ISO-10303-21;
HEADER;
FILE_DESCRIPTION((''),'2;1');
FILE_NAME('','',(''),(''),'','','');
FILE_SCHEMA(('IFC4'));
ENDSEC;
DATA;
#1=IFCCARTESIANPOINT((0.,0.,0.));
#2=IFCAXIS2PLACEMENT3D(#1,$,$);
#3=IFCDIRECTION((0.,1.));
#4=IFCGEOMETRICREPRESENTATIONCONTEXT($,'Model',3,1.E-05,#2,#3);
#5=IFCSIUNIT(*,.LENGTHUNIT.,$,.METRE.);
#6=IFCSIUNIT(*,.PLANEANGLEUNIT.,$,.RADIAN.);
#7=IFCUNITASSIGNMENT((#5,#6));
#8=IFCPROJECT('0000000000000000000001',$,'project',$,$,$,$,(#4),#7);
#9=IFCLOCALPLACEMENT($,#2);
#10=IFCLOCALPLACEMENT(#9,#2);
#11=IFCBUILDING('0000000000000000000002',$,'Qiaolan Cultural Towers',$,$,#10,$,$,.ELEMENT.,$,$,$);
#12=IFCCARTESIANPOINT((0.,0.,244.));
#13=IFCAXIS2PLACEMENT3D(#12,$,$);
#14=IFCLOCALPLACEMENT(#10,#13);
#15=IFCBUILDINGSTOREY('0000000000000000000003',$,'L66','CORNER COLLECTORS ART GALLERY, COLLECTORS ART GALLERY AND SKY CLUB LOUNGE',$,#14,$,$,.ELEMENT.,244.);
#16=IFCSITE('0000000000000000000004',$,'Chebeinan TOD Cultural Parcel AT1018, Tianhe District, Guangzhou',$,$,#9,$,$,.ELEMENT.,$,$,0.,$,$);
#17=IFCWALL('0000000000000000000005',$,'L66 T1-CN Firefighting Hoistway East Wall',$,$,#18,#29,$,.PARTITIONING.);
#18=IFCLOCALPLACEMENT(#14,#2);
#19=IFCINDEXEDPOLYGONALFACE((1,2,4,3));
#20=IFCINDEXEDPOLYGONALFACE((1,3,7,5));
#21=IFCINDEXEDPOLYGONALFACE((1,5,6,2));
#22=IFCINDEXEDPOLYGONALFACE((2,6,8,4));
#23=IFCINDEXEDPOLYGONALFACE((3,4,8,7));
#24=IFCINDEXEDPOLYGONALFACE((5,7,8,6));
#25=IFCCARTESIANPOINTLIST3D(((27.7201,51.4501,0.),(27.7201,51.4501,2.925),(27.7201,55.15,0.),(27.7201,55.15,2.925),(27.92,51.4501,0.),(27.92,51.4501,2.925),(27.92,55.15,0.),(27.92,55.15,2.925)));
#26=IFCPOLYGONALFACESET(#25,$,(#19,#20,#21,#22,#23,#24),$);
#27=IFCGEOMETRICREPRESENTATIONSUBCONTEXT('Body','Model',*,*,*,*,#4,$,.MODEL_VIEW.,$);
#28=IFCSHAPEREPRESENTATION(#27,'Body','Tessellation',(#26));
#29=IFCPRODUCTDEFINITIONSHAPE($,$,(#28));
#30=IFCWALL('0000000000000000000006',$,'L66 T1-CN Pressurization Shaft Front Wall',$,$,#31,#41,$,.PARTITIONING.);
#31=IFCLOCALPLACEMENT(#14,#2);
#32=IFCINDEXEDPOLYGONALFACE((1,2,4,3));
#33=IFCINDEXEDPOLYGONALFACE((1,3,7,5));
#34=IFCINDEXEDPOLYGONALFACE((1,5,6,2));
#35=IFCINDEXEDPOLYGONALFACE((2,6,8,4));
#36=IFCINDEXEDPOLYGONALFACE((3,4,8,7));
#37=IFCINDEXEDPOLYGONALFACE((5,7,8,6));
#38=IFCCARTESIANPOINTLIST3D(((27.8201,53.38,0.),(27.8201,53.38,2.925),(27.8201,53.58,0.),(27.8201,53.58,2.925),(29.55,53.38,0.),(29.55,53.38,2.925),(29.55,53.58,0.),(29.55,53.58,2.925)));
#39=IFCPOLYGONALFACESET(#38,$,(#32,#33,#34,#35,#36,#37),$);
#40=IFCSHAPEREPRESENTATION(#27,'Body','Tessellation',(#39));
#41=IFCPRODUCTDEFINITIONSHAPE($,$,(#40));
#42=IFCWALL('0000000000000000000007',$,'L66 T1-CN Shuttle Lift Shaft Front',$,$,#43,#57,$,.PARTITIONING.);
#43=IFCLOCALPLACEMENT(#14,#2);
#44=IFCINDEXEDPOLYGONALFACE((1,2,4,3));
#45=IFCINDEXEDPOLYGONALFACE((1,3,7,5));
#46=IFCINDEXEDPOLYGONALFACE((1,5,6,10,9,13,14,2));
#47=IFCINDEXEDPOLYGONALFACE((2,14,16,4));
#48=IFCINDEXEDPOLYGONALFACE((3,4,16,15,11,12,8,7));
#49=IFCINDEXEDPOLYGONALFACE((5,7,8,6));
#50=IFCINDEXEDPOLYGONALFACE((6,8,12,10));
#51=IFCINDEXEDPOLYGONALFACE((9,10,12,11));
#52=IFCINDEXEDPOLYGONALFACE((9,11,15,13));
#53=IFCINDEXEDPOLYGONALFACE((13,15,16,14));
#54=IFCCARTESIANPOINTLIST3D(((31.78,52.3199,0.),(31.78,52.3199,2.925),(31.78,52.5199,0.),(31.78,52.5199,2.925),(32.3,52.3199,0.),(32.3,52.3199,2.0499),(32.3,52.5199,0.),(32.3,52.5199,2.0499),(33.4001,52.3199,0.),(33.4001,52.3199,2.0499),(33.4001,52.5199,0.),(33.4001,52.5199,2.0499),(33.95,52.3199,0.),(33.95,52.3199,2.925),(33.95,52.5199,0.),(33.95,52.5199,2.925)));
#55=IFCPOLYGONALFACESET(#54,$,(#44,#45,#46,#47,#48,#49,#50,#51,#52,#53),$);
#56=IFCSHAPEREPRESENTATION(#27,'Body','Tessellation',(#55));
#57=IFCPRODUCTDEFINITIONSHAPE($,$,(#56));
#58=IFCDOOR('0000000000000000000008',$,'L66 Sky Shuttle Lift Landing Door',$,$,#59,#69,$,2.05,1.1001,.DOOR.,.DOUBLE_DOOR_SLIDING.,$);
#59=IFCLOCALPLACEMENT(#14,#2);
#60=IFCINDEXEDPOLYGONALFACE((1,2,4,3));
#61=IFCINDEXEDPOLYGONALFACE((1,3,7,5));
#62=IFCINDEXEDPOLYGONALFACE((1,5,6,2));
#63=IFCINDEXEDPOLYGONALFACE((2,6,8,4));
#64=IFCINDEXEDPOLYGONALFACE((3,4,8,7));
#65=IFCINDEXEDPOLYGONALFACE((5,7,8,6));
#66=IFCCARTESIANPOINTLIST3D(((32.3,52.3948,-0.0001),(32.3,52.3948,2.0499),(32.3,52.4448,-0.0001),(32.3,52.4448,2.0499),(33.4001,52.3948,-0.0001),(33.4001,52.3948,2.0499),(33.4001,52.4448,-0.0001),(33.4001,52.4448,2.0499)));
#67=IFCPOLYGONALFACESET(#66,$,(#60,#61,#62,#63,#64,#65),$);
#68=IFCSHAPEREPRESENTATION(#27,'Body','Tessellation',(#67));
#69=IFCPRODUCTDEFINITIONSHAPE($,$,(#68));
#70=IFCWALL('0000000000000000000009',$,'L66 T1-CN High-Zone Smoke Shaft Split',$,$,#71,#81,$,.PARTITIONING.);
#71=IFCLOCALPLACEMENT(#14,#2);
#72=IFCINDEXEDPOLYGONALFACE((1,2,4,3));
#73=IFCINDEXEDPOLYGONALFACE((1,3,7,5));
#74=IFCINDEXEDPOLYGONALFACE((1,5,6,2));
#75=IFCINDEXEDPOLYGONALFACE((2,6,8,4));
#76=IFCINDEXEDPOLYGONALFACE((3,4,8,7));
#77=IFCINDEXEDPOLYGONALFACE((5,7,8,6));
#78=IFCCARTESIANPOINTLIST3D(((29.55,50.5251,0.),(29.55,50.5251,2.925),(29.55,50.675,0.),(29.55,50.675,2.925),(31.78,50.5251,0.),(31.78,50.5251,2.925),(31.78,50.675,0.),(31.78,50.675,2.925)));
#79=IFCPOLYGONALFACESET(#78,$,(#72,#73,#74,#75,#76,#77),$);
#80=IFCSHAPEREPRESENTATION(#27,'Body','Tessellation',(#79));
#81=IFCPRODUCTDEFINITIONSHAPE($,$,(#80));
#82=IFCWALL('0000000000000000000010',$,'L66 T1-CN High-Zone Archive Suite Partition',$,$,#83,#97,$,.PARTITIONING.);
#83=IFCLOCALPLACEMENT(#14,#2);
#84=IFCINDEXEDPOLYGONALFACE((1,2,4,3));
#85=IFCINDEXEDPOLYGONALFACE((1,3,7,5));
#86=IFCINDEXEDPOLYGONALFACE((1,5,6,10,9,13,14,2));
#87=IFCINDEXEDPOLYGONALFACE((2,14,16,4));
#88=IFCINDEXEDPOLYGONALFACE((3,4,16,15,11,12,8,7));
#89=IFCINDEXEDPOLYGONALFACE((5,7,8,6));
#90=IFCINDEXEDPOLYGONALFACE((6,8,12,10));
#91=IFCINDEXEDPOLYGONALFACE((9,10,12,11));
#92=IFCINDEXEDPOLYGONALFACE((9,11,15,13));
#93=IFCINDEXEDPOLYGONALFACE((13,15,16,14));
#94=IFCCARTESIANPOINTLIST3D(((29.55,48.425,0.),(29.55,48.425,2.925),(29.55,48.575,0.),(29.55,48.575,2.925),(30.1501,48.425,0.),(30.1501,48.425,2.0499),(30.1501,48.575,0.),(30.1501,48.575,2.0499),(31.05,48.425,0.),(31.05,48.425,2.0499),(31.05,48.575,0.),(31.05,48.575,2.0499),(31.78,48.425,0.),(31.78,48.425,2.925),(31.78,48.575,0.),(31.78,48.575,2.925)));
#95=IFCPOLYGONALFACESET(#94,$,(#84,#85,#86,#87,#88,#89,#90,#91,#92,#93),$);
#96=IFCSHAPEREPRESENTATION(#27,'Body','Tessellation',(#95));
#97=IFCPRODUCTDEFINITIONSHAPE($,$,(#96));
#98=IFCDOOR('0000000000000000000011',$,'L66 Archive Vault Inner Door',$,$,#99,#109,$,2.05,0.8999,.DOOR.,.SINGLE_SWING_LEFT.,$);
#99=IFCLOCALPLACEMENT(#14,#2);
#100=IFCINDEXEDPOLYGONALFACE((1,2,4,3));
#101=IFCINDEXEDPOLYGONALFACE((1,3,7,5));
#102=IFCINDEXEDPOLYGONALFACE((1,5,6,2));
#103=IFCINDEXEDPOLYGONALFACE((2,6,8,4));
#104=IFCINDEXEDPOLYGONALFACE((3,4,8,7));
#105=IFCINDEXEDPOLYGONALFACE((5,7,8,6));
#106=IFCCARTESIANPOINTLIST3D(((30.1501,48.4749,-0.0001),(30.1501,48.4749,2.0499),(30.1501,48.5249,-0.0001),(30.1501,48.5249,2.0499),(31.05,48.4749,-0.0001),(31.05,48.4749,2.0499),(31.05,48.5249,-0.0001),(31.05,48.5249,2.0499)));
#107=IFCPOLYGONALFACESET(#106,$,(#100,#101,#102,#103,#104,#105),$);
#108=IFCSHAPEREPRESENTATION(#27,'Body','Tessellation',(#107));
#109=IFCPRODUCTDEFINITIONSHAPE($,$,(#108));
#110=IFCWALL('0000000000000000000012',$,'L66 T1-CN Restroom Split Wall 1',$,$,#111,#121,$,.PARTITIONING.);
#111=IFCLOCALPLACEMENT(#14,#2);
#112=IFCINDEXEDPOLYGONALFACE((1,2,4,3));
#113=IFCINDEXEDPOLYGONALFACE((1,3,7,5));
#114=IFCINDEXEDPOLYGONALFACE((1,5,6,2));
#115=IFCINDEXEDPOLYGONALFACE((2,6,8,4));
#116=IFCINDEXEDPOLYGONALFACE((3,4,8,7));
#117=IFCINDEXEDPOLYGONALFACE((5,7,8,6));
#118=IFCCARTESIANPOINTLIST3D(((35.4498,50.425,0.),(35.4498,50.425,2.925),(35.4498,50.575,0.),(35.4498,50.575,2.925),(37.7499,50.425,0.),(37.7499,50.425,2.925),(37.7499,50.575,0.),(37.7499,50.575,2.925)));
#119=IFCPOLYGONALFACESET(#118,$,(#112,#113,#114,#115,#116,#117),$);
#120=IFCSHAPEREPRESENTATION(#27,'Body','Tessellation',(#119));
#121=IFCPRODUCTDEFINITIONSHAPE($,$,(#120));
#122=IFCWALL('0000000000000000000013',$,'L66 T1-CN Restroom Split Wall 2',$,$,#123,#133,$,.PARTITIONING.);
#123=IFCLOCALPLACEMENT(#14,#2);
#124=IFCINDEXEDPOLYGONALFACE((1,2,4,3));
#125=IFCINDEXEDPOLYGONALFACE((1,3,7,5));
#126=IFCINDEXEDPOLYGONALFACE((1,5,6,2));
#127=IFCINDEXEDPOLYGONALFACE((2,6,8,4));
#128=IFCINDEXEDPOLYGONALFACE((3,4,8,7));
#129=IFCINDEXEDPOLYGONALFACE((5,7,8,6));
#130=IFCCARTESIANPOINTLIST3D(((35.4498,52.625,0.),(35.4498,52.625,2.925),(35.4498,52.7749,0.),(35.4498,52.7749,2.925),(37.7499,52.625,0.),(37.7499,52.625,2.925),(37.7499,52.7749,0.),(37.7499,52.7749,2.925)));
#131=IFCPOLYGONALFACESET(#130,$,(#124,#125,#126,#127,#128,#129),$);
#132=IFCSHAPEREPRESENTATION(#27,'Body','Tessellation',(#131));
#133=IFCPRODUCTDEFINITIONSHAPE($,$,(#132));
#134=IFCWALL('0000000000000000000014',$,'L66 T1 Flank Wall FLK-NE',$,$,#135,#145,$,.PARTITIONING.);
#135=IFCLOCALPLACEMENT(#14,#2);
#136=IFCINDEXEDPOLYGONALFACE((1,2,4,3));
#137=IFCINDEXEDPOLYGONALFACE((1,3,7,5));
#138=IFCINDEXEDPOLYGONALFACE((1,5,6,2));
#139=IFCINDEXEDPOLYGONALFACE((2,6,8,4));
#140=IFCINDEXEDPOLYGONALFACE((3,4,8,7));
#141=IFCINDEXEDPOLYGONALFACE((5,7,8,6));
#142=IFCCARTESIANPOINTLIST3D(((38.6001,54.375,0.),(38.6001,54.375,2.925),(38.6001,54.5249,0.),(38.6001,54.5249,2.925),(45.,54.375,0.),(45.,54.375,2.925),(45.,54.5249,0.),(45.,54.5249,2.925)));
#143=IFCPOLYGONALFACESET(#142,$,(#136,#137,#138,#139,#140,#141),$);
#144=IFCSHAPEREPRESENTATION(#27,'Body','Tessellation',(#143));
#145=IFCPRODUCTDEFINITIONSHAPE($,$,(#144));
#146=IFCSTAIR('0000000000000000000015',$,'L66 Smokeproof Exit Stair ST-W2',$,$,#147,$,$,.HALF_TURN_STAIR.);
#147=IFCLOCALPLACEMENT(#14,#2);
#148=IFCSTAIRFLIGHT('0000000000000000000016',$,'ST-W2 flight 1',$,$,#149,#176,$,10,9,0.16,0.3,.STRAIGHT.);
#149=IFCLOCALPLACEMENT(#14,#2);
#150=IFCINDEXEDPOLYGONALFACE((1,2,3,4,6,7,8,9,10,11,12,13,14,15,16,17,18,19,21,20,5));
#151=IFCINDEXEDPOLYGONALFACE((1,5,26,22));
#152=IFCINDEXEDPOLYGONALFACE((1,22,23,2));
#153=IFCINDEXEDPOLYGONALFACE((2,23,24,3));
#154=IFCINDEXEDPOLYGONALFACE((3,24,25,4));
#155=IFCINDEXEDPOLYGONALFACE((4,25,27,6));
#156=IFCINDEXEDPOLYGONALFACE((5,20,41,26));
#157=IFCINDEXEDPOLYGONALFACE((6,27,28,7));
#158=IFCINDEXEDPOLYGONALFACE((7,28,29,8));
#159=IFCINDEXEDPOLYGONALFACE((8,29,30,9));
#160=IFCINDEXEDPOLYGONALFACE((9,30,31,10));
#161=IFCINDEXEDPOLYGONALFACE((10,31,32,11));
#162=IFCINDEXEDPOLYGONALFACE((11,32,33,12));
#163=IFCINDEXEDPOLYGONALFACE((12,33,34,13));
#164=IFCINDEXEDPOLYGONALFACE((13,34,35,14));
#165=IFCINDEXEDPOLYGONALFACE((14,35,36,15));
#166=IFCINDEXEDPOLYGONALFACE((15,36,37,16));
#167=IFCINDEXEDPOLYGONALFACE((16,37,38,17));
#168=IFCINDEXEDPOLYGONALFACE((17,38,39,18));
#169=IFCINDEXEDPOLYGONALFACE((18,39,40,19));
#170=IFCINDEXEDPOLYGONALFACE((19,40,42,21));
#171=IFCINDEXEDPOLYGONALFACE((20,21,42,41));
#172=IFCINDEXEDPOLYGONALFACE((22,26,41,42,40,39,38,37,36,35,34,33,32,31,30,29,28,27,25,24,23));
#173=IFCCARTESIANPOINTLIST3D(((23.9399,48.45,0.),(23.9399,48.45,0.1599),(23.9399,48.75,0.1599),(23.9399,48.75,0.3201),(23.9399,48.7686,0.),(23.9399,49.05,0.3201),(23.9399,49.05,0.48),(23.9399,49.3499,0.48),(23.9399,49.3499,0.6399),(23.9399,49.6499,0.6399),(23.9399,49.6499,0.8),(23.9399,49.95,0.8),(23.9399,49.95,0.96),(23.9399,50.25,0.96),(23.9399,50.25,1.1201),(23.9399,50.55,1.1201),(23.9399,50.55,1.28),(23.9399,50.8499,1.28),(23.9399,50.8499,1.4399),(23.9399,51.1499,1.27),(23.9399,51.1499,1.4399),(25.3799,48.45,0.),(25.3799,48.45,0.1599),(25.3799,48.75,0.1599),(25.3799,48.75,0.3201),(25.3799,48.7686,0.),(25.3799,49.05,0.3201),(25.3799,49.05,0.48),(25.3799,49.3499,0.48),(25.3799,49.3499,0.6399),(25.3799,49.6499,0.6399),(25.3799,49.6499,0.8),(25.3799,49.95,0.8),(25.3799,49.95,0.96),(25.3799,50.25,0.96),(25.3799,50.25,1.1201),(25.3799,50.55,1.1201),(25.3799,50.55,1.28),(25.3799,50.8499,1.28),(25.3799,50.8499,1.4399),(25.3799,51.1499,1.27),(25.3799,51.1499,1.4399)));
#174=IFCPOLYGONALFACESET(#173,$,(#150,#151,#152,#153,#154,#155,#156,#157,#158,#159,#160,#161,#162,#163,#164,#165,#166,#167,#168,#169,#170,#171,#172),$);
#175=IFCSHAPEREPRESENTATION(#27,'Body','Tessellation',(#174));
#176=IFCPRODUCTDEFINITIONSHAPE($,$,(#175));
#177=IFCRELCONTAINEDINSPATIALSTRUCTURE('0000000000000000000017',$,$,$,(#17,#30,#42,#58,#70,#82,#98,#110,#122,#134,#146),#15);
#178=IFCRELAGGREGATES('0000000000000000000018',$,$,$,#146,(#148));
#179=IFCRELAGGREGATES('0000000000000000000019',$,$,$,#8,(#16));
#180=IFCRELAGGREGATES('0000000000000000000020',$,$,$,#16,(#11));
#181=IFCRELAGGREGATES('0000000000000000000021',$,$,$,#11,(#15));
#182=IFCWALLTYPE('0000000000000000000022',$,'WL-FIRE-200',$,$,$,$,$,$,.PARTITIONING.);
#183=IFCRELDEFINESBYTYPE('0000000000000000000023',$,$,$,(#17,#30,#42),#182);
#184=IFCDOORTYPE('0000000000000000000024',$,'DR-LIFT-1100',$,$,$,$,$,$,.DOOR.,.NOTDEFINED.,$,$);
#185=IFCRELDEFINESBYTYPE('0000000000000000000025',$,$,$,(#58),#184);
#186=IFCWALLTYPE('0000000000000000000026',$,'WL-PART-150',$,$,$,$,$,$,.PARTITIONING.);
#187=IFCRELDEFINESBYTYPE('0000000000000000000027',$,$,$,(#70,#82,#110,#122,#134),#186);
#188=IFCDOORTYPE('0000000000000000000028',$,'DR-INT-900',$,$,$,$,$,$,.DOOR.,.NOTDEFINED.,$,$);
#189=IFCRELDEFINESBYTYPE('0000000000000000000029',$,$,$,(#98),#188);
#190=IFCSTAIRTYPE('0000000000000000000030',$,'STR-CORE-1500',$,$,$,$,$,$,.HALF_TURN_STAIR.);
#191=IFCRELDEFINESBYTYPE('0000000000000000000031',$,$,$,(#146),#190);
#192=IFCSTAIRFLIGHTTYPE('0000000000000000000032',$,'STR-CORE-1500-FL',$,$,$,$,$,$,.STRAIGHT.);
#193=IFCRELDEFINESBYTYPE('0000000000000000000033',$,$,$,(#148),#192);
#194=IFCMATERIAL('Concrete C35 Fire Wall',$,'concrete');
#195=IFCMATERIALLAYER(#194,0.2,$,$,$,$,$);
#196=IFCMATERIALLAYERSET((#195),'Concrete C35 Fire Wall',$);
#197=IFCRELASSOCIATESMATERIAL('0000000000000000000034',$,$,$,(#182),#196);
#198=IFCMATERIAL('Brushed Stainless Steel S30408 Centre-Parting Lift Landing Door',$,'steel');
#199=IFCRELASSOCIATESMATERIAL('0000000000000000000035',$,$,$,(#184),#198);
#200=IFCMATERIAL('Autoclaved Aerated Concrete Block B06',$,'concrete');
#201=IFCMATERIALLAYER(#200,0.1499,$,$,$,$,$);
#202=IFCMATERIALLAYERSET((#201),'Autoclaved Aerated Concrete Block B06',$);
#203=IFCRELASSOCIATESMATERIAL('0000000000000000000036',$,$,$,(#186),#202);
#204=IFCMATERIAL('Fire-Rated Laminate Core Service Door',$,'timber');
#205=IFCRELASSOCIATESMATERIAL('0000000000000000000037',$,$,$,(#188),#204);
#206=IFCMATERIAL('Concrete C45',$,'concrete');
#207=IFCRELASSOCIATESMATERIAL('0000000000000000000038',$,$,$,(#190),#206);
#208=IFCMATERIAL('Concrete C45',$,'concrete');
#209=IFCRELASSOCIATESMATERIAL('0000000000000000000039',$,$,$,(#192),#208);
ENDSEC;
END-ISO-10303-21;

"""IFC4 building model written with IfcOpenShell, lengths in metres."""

from ifc_helpers import new_model, si_unit, direction, frame, frame_2d, origin, place, context, subcontext, project, spatial, polyline, rectangle, outline, extrude, material, layer, layer_set, type_object, element, fill, aggregate, save


model = new_model("IFC4")

# Units and contexts
model_context = context("Model", 3, precision=1e-05, world=origin(), true_north=direction((0.0, 1.0)))
body_context = subcontext(model_context, "Body", "Model", "MODEL_VIEW")
ifc_project = project(units=[si_unit("LENGTHUNIT", "METRE"), si_unit("PLANEANGLEUNIT", "RADIAN")], contexts=[model_context])

# Site, building, storey
site_placement = place(None, origin())
site = spatial("IfcSite", under=ifc_project, at=site_placement, Name="Chebeinan TOD Cultural Parcel AT1018, Tianhe District, Guangzhou", CompositionType="ELEMENT", RefElevation=0.0)
building_placement = place(site_placement, origin())
building = spatial("IfcBuilding", under=site, at=building_placement, Name="Qiaolan Cultural Towers", CompositionType="ELEMENT")
storey_placement = place(building_placement, frame((0.0, 0.0, 244.0)))
storey = spatial("IfcBuildingStorey", under=building, at=storey_placement, Name="L66", Description="CORNER COLLECTORS ART GALLERY, COLLECTORS ART GALLERY AND SKY CLUB LOUNGE", CompositionType="ELEMENT", Elevation=244.0)

# Shared definitions
ifc_material_1 = material(Name="Concrete C35 Fire Wall", Category="concrete")
ifc_layer_1 = layer(ifc_material_1, 0.2)
ifc_layer_set_1 = layer_set([ifc_layer_1], Name="Concrete C35 Fire Wall")
wall_type_1 = type_object("IfcWallType", Name="WL-FIRE-200", PredefinedType="PARTITIONING", material=ifc_layer_set_1)
ifc_material_2 = material(Name="Brushed Stainless Steel S30408 Centre-Parting Lift Landing Door", Category="steel")
door_type_1 = type_object("IfcDoorType", Name="DR-LIFT-1100", OperationType="NOTDEFINED", PredefinedType="DOOR", material=ifc_material_2)

# Walls
wall_1_placement = place(storey_placement, frame((27.8201, 51.45, 0.0), z_axis=(0.0, 0.0, 1.0), x_axis=(0.0, 1.0, 0.0)))
element("IfcWall", 1, at=wall_1_placement, inside=storey, type_object=wall_type_1, Name="L66 T1-CN Firefighting Hoistway East Wall", PredefinedType="PARTITIONING", context=body_context, shape_type="SweptSolid", body=[
    extrude(rectangle(XDim=3.7, YDim=0.2, at=frame_2d((1.8501, 0.0))), origin(), (0.0, 0.0, 1.0), 2.925),
])
wall_2_placement = place(storey_placement, frame((27.8201, 53.48, 0.0), z_axis=(0.0, 0.0, 1.0), x_axis=(1.0, 0.0, 0.0)))
element("IfcWall", 2, at=wall_2_placement, inside=storey, type_object=wall_type_1, Name="L66 T1-CN Pressurization Shaft Front Wall", PredefinedType="PARTITIONING", context=body_context, shape_type="SweptSolid", body=[
    extrude(rectangle(XDim=1.73, YDim=0.2, at=frame_2d((0.865, 0.0))), origin(), (0.0, 0.0, 1.0), 2.925),
])

# Wall, opening, door
wall_3_placement = place(storey_placement, frame((31.78, 52.4199, 0.0), z_axis=(0.0, 0.0, 1.0), x_axis=(1.0, 0.0, 0.0)))
wall_3 = element("IfcWall", 3, at=wall_3_placement, inside=storey, type_object=wall_type_1, Name="L66 T1-CN Shuttle Lift Shaft Front", PredefinedType="PARTITIONING", context=body_context, shape_type="SweptSolid", body=[
    extrude(rectangle(XDim=2.1699, YDim=0.2, at=frame_2d((1.085, 0.0))), origin(), (0.0, 0.0, 1.0), 2.925),
])
opening_1_placement = place(wall_3_placement, frame((0.52, 0.0, 0.0)))
opening_1 = element("IfcOpeningElement", 4, at=opening_1_placement, cuts=wall_3, PredefinedType="OPENING", context=body_context, shape_type="SweptSolid", body=[
    extrude(rectangle(XDim=1.1001, YDim=2.05, at=frame_2d((0.55, 1.0249))), frame((0.0, 0.1099, 0.0), z_axis=(0.0, -1.0, 0.0), x_axis=(1.0, 0.0, 0.0)), (0.0, 0.0, 1.0), 0.22),
])
door_1_placement = place(opening_1_placement, origin())
door_1 = element("IfcDoor", 5, at=door_1_placement, inside=storey, type_object=door_type_1, Name="L66 Sky Shuttle Lift Landing Door", OperationType="DOUBLE_DOOR_SLIDING", OverallHeight=2.05, OverallWidth=1.1001, PredefinedType="DOOR", context=body_context, shape_type="SweptSolid", body=[
    extrude(rectangle(XDim=1.1001, YDim=2.05, at=frame_2d((0.55, 1.0249))), frame((0.0, 0.0249, 0.0), z_axis=(0.0, -1.0, 0.0), x_axis=(1.0, 0.0, 0.0)), (0.0, 0.0, 1.0), 0.05),
])
fill(opening_1, door_1)

# Wall
ifc_material_3 = material(Name="Autoclaved Aerated Concrete Block B06", Category="concrete")
ifc_layer_2 = layer(ifc_material_3, 0.1499)
ifc_layer_set_2 = layer_set([ifc_layer_2], Name="Autoclaved Aerated Concrete Block B06")
wall_type_2 = type_object("IfcWallType", Name="WL-PART-150", PredefinedType="PARTITIONING", material=ifc_layer_set_2)
wall_4_placement = place(storey_placement, frame((29.55, 50.6001, 0.0), z_axis=(0.0, 0.0, 1.0), x_axis=(1.0, 0.0, 0.0)))
element("IfcWall", 6, at=wall_4_placement, inside=storey, type_object=wall_type_2, Name="L66 T1-CN High-Zone Smoke Shaft Split", PredefinedType="PARTITIONING", context=body_context, shape_type="SweptSolid", body=[
    extrude(rectangle(XDim=2.23, YDim=0.1499, at=frame_2d((1.115, 0.0))), origin(), (0.0, 0.0, 1.0), 2.925),
])

# Wall, opening, door
wall_5_placement = place(storey_placement, frame((29.55, 48.5, 0.0), z_axis=(0.0, 0.0, 1.0), x_axis=(1.0, 0.0, 0.0)))
wall_5 = element("IfcWall", 7, at=wall_5_placement, inside=storey, type_object=wall_type_2, Name="L66 T1-CN High-Zone Archive Suite Partition", PredefinedType="PARTITIONING", context=body_context, shape_type="SweptSolid", body=[
    extrude(rectangle(XDim=2.23, YDim=0.1499, at=frame_2d((1.115, 0.0))), origin(), (0.0, 0.0, 1.0), 2.925),
])
opening_2_placement = place(wall_5_placement, frame((0.6001, 0.0, 0.0)))
opening_2 = element("IfcOpeningElement", 8, at=opening_2_placement, cuts=wall_5, PredefinedType="OPENING", context=body_context, shape_type="SweptSolid", body=[
    extrude(rectangle(XDim=0.8999, YDim=2.05, at=frame_2d((0.45, 1.0249))), frame((0.0, 0.085, 0.0), z_axis=(0.0, -1.0, 0.0), x_axis=(1.0, 0.0, 0.0)), (0.0, 0.0, 1.0), 0.1699),
])
ifc_material_4 = material(Name="Fire-Rated Laminate Core Service Door", Category="timber")
door_type_2 = type_object("IfcDoorType", Name="DR-INT-900", OperationType="NOTDEFINED", PredefinedType="DOOR", material=ifc_material_4)
door_2_placement = place(opening_2_placement, origin())
door_2 = element("IfcDoor", 9, at=door_2_placement, inside=storey, type_object=door_type_2, Name="L66 Archive Vault Inner Door", OperationType="SINGLE_SWING_LEFT", OverallHeight=2.05, OverallWidth=0.8999, PredefinedType="DOOR", context=body_context, shape_type="SweptSolid", body=[
    extrude(rectangle(XDim=0.8999, YDim=2.05, at=frame_2d((0.45, 1.0249))), frame((0.0, 0.0249, 0.0), z_axis=(0.0, -1.0, 0.0), x_axis=(1.0, 0.0, 0.0)), (0.0, 0.0, 1.0), 0.05),
])
fill(opening_2, door_2)

# Walls
for number, where, z_axis, x_axis, name in (
    (10, (35.45, 50.5, 0.0), (0.0, 0.0, 1.0), (1.0, 0.0, 0.0), "L66 T1-CN Restroom Split Wall 1"),
    (11, (35.45, 52.7, 0.0), (0.0, 0.0, 1.0), (1.0, 0.0, 0.0), "L66 T1-CN Restroom Split Wall 2"),
):
    element("IfcWall", number, at=place(storey_placement, frame(where, z_axis=z_axis, x_axis=x_axis)), inside=storey, type_object=wall_type_2, Name=name, PredefinedType="PARTITIONING", context=body_context, shape_type="SweptSolid", body=[
        extrude(rectangle(XDim=2.3, YDim=0.1499, at=frame_2d((1.1499, 0.0))), origin(), (0.0, 0.0, 1.0), 2.925),
    ])
wall_6_placement = place(storey_placement, frame((38.6001, 54.45, 0.0), z_axis=(0.0, 0.0, 1.0), x_axis=(1.0, 0.0, 0.0)))
element("IfcWall", 12, at=wall_6_placement, inside=storey, type_object=wall_type_2, Name="L66 T1 Flank Wall FLK-NE", PredefinedType="PARTITIONING", context=body_context, shape_type="SweptSolid", body=[
    extrude(rectangle(XDim=6.3999, YDim=0.1499, at=frame_2d((3.2, 0.0))), origin(), (0.0, 0.0, 1.0), 2.925),
])

# Stair, stair flight
ifc_material_5 = material(Name="Concrete C45", Category="concrete")
stair_type = type_object("IfcStairType", Name="STR-CORE-1500", PredefinedType="HALF_TURN_STAIR", material=ifc_material_5)
stair_placement = place(storey_placement, origin())
stair = element("IfcStair", 13, at=stair_placement, inside=storey, type_object=stair_type, Name="L66 Smokeproof Exit Stair ST-W2", PredefinedType="HALF_TURN_STAIR")
ifc_material_6 = material(Name="Concrete C45", Category="concrete")
stair_flight_type = type_object("IfcStairFlightType", Name="STR-CORE-1500-FL", PredefinedType="STRAIGHT", material=ifc_material_6)
stair_flight_placement = place(storey_placement, frame((24.6599, 48.45, 0.0), z_axis=(0.0, 0.0, 1.0), x_axis=(0.0, 1.0, 0.0)))
stair_flight = element("IfcStairFlight", 14, at=stair_flight_placement, type_object=stair_flight_type, Name="ST-W2 flight 1", NumberOfRisers=10, NumberOfTreads=9, PredefinedType="STRAIGHT", RiserHeight=0.16, TreadLength=0.3, context=body_context, shape_type="SweptSolid", body=[
    extrude(outline(polyline([(0.0, 0.0), (0.0, 0.1599), (0.3, 0.1599), (0.3, 0.3201), (0.6001, 0.3201), (0.6001, 0.48), (0.8999, 0.48), (0.8999, 0.6399), (1.2, 0.6399), (1.2, 0.8), (1.5, 0.8), (1.5, 0.96), (1.8, 0.96), (1.8, 1.1201), (2.1001, 1.1201), (2.1001, 1.28), (2.3999, 1.28), (2.3999, 1.4399), (2.7, 1.4399), (2.7, 1.6001), (2.7, 1.27), (0.3186, 0.0), (0.0, 0.0)])), frame((0.0, 0.72, 0.0), z_axis=(0.0, -1.0, 0.0), x_axis=(1.0, 0.0, 0.0)), (0.0, 0.0, 1.0), 1.4399),
])
aggregate(stair, [stair_flight])

save(model, "model.ifc")
